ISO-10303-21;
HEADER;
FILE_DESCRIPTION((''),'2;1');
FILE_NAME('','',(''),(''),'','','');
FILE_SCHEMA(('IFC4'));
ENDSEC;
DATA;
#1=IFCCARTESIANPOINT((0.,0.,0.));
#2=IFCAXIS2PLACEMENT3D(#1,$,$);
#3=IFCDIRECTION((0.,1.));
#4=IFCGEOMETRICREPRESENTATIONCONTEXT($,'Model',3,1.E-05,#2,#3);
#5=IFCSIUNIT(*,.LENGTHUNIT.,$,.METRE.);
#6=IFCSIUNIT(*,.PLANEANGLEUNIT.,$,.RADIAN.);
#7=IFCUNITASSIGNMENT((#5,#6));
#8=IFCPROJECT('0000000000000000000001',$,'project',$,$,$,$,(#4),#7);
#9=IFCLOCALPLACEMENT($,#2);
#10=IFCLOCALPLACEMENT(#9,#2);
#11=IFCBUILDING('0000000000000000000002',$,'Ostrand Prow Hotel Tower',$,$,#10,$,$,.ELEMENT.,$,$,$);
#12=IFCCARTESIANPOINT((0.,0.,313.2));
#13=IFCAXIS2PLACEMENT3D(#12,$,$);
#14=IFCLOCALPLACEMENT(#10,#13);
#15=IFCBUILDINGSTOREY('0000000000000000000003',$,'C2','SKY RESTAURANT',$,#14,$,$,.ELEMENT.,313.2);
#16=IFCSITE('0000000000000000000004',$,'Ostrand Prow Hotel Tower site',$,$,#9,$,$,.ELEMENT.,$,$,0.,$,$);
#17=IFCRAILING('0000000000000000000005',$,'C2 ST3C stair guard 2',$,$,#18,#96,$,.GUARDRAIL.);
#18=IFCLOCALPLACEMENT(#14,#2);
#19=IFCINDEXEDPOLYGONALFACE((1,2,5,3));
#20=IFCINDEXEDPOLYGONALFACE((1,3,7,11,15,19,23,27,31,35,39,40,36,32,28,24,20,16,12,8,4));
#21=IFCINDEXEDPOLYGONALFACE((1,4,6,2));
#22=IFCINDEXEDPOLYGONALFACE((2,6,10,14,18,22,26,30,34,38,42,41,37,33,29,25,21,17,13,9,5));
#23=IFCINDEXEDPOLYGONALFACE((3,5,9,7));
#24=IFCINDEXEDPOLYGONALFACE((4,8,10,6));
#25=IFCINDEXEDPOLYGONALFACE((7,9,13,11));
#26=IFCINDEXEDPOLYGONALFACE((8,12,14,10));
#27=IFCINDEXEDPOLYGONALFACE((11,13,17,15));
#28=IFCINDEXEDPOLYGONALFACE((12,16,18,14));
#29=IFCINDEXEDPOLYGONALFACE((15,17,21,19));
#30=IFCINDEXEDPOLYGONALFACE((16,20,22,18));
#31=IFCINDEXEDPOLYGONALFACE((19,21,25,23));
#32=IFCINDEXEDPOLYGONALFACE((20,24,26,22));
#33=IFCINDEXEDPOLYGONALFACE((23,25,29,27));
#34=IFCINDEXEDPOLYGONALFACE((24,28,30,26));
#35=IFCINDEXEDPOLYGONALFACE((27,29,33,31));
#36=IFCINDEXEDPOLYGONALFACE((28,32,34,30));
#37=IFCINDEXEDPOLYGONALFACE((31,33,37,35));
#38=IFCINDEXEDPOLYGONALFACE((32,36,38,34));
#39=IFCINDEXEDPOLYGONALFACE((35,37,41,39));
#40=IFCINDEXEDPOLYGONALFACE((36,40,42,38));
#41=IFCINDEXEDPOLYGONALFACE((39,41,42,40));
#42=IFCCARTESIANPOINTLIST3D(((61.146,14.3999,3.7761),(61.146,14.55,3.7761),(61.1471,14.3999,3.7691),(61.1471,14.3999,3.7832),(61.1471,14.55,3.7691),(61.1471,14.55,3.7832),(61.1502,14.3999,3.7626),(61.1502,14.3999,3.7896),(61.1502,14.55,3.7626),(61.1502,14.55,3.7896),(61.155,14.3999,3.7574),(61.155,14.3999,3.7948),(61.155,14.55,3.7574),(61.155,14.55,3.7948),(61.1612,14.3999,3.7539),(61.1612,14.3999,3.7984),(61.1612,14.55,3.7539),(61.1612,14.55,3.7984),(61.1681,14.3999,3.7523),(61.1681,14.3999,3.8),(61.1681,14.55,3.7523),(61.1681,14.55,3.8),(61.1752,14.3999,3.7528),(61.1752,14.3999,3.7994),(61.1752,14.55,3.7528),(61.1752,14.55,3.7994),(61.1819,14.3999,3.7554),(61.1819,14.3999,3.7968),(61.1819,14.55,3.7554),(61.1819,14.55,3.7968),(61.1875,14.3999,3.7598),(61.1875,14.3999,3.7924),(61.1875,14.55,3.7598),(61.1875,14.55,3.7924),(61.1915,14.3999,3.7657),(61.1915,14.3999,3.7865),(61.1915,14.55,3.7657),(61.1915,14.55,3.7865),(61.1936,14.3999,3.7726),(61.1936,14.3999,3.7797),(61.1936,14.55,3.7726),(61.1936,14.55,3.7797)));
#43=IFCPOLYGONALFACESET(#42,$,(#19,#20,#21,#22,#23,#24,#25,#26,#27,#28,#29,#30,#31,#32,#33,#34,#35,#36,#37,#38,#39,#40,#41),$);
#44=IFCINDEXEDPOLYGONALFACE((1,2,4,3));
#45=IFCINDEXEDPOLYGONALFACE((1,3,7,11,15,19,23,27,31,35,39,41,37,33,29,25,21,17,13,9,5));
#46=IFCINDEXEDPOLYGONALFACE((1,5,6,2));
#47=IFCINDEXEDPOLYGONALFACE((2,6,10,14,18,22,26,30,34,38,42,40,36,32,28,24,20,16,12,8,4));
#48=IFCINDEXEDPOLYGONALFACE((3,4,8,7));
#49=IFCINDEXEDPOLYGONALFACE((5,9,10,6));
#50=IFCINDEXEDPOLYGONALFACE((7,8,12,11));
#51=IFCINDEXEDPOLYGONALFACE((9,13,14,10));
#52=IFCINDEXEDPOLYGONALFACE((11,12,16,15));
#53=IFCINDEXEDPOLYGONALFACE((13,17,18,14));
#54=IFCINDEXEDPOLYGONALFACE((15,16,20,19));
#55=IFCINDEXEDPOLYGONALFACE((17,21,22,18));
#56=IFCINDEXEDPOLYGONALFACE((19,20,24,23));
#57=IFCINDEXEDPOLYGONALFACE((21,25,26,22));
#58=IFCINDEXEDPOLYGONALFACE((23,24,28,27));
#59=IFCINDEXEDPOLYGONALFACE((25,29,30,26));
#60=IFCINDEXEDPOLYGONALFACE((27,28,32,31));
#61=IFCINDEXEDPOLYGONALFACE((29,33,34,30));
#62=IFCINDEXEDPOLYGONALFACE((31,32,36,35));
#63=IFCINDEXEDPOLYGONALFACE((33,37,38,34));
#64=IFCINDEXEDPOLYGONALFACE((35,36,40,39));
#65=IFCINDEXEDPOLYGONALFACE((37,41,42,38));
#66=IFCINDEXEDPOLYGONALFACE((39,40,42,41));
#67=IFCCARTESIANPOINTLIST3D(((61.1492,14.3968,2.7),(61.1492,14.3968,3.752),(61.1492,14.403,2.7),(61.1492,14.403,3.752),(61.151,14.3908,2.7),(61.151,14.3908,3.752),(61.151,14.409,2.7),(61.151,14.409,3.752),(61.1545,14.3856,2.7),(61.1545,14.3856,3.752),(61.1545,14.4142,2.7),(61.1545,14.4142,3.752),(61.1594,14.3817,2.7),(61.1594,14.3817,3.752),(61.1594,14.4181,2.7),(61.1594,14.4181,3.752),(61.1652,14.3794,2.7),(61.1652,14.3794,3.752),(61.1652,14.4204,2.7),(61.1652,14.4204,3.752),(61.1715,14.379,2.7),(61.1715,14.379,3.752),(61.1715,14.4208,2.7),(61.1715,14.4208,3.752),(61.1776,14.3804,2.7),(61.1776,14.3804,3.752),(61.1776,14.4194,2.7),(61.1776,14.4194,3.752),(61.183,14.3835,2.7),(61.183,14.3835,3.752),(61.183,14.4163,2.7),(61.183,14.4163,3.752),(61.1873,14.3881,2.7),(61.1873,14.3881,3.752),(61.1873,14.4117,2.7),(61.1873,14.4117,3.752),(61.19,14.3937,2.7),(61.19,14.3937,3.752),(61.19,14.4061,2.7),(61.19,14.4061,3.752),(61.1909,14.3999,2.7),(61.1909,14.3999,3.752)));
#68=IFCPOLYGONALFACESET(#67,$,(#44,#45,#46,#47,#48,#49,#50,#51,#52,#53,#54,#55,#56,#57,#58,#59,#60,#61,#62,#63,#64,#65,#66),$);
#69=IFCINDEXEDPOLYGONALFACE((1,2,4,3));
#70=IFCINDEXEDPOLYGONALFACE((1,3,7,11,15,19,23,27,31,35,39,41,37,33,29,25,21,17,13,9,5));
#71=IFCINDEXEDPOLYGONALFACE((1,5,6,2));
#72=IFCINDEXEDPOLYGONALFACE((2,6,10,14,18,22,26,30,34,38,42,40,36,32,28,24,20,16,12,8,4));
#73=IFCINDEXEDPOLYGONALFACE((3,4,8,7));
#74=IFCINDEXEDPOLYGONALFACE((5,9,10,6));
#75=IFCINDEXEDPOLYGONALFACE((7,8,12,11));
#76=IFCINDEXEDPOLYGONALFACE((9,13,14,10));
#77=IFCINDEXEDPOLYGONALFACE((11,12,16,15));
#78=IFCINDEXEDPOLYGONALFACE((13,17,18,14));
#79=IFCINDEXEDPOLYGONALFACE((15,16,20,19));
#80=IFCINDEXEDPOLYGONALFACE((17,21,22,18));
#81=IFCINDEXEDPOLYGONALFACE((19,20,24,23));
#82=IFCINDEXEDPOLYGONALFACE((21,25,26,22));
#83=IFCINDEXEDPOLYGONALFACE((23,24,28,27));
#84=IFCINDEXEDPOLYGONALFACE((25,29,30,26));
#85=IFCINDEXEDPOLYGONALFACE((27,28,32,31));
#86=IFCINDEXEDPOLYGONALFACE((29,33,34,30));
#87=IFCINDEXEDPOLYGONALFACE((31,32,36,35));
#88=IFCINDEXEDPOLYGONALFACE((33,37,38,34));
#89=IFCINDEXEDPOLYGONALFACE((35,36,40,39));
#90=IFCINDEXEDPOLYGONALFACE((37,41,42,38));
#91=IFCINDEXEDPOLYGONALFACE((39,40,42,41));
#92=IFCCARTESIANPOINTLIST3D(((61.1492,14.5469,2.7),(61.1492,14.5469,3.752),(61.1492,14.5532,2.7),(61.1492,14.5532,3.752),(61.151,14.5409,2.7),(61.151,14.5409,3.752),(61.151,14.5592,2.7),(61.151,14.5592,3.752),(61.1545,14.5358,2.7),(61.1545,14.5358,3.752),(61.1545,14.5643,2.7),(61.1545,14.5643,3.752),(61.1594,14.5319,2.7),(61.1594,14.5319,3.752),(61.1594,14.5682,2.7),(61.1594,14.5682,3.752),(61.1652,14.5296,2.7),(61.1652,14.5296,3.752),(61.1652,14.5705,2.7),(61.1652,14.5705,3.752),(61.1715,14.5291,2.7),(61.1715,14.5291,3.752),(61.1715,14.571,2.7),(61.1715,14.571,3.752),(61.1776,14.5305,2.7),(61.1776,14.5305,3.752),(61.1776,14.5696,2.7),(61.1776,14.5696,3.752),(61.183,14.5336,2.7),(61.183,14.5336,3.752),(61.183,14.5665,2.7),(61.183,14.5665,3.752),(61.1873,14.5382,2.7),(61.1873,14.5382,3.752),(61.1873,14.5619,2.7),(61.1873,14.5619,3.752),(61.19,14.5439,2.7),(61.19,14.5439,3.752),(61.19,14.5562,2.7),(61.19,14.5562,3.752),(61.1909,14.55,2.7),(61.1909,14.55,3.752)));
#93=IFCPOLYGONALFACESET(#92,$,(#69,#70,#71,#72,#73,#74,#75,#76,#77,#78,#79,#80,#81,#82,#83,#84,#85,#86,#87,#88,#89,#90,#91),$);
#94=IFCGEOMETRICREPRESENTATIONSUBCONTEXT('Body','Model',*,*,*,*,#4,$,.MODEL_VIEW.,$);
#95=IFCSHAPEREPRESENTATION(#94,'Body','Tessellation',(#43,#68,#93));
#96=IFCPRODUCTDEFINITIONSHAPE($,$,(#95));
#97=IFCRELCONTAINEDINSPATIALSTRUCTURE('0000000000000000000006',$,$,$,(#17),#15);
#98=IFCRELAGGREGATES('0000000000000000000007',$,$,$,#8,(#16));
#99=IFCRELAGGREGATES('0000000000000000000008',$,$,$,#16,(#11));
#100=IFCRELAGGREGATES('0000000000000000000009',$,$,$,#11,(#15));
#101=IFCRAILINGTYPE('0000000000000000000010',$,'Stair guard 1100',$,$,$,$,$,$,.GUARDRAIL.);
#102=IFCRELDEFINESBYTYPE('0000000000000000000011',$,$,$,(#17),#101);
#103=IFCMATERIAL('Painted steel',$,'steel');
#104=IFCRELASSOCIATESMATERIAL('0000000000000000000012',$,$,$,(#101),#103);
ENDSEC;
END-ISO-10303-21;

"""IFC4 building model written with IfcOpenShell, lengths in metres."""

from ifc_helpers import new_model, si_unit, direction, frame, origin, origin_2d, place, context, subcontext, project, spatial, circle, extrude, material, type_object, element, save


model = new_model("IFC4")

# Units and contexts
model_context = context("Model", 3, precision=1e-05, world=origin(), true_north=direction((0.0, 1.0)))
body_context = subcontext(model_context, "Body", "Model", "MODEL_VIEW")
ifc_project = project(units=[si_unit("LENGTHUNIT", "METRE"), si_unit("PLANEANGLEUNIT", "RADIAN")], contexts=[model_context])

# Site, building, storey
site_placement = place(None, origin())
site = spatial("IfcSite", under=ifc_project, at=site_placement, Name="Ostrand Prow Hotel Tower site", CompositionType="ELEMENT", RefElevation=0.0)
building_placement = place(site_placement, origin())
building = spatial("IfcBuilding", under=site, at=building_placement, Name="Ostrand Prow Hotel Tower", CompositionType="ELEMENT")
storey_placement = place(building_placement, frame((0.0, 0.0, 313.2)))
storey = spatial("IfcBuildingStorey", under=building, at=storey_placement, Name="C2", Description="SKY RESTAURANT", CompositionType="ELEMENT", Elevation=313.2)

# Railing
ifc_material_1 = material(Name="Painted steel", Category="steel")
railing_type_1 = type_object("IfcRailingType", Name="Stair guard 1100", PredefinedType="GUARDRAIL", material=ifc_material_1)
railing_1_placement = place(storey_placement, frame((61.1699, 14.3999, 2.7)))
element("IfcRailing", 1, at=railing_1_placement, inside=storey, type_object=railing_type_1, Name="C2 ST3C stair guard 2", PredefinedType="GUARDRAIL", context=body_context, shape_type="SweptSolid", body=[
    extrude(circle(Radius=0.0239, at=origin_2d()), frame((0.0, 0.0, 1.0762), z_axis=(0.0, 1.0, 0.0), x_axis=(-1.0, 0.0, 0.0)), (0.0, 0.0, 1.0), 0.1501),
    extrude(circle(Radius=0.021, at=origin_2d()), origin(), (0.0, 0.0, 1.0), 1.052),
    extrude(circle(Radius=0.021, at=origin_2d()), frame((0.0, 0.1501, 0.0)), (0.0, 0.0, 1.0), 1.052),
])

save(model, "model.ifc")
